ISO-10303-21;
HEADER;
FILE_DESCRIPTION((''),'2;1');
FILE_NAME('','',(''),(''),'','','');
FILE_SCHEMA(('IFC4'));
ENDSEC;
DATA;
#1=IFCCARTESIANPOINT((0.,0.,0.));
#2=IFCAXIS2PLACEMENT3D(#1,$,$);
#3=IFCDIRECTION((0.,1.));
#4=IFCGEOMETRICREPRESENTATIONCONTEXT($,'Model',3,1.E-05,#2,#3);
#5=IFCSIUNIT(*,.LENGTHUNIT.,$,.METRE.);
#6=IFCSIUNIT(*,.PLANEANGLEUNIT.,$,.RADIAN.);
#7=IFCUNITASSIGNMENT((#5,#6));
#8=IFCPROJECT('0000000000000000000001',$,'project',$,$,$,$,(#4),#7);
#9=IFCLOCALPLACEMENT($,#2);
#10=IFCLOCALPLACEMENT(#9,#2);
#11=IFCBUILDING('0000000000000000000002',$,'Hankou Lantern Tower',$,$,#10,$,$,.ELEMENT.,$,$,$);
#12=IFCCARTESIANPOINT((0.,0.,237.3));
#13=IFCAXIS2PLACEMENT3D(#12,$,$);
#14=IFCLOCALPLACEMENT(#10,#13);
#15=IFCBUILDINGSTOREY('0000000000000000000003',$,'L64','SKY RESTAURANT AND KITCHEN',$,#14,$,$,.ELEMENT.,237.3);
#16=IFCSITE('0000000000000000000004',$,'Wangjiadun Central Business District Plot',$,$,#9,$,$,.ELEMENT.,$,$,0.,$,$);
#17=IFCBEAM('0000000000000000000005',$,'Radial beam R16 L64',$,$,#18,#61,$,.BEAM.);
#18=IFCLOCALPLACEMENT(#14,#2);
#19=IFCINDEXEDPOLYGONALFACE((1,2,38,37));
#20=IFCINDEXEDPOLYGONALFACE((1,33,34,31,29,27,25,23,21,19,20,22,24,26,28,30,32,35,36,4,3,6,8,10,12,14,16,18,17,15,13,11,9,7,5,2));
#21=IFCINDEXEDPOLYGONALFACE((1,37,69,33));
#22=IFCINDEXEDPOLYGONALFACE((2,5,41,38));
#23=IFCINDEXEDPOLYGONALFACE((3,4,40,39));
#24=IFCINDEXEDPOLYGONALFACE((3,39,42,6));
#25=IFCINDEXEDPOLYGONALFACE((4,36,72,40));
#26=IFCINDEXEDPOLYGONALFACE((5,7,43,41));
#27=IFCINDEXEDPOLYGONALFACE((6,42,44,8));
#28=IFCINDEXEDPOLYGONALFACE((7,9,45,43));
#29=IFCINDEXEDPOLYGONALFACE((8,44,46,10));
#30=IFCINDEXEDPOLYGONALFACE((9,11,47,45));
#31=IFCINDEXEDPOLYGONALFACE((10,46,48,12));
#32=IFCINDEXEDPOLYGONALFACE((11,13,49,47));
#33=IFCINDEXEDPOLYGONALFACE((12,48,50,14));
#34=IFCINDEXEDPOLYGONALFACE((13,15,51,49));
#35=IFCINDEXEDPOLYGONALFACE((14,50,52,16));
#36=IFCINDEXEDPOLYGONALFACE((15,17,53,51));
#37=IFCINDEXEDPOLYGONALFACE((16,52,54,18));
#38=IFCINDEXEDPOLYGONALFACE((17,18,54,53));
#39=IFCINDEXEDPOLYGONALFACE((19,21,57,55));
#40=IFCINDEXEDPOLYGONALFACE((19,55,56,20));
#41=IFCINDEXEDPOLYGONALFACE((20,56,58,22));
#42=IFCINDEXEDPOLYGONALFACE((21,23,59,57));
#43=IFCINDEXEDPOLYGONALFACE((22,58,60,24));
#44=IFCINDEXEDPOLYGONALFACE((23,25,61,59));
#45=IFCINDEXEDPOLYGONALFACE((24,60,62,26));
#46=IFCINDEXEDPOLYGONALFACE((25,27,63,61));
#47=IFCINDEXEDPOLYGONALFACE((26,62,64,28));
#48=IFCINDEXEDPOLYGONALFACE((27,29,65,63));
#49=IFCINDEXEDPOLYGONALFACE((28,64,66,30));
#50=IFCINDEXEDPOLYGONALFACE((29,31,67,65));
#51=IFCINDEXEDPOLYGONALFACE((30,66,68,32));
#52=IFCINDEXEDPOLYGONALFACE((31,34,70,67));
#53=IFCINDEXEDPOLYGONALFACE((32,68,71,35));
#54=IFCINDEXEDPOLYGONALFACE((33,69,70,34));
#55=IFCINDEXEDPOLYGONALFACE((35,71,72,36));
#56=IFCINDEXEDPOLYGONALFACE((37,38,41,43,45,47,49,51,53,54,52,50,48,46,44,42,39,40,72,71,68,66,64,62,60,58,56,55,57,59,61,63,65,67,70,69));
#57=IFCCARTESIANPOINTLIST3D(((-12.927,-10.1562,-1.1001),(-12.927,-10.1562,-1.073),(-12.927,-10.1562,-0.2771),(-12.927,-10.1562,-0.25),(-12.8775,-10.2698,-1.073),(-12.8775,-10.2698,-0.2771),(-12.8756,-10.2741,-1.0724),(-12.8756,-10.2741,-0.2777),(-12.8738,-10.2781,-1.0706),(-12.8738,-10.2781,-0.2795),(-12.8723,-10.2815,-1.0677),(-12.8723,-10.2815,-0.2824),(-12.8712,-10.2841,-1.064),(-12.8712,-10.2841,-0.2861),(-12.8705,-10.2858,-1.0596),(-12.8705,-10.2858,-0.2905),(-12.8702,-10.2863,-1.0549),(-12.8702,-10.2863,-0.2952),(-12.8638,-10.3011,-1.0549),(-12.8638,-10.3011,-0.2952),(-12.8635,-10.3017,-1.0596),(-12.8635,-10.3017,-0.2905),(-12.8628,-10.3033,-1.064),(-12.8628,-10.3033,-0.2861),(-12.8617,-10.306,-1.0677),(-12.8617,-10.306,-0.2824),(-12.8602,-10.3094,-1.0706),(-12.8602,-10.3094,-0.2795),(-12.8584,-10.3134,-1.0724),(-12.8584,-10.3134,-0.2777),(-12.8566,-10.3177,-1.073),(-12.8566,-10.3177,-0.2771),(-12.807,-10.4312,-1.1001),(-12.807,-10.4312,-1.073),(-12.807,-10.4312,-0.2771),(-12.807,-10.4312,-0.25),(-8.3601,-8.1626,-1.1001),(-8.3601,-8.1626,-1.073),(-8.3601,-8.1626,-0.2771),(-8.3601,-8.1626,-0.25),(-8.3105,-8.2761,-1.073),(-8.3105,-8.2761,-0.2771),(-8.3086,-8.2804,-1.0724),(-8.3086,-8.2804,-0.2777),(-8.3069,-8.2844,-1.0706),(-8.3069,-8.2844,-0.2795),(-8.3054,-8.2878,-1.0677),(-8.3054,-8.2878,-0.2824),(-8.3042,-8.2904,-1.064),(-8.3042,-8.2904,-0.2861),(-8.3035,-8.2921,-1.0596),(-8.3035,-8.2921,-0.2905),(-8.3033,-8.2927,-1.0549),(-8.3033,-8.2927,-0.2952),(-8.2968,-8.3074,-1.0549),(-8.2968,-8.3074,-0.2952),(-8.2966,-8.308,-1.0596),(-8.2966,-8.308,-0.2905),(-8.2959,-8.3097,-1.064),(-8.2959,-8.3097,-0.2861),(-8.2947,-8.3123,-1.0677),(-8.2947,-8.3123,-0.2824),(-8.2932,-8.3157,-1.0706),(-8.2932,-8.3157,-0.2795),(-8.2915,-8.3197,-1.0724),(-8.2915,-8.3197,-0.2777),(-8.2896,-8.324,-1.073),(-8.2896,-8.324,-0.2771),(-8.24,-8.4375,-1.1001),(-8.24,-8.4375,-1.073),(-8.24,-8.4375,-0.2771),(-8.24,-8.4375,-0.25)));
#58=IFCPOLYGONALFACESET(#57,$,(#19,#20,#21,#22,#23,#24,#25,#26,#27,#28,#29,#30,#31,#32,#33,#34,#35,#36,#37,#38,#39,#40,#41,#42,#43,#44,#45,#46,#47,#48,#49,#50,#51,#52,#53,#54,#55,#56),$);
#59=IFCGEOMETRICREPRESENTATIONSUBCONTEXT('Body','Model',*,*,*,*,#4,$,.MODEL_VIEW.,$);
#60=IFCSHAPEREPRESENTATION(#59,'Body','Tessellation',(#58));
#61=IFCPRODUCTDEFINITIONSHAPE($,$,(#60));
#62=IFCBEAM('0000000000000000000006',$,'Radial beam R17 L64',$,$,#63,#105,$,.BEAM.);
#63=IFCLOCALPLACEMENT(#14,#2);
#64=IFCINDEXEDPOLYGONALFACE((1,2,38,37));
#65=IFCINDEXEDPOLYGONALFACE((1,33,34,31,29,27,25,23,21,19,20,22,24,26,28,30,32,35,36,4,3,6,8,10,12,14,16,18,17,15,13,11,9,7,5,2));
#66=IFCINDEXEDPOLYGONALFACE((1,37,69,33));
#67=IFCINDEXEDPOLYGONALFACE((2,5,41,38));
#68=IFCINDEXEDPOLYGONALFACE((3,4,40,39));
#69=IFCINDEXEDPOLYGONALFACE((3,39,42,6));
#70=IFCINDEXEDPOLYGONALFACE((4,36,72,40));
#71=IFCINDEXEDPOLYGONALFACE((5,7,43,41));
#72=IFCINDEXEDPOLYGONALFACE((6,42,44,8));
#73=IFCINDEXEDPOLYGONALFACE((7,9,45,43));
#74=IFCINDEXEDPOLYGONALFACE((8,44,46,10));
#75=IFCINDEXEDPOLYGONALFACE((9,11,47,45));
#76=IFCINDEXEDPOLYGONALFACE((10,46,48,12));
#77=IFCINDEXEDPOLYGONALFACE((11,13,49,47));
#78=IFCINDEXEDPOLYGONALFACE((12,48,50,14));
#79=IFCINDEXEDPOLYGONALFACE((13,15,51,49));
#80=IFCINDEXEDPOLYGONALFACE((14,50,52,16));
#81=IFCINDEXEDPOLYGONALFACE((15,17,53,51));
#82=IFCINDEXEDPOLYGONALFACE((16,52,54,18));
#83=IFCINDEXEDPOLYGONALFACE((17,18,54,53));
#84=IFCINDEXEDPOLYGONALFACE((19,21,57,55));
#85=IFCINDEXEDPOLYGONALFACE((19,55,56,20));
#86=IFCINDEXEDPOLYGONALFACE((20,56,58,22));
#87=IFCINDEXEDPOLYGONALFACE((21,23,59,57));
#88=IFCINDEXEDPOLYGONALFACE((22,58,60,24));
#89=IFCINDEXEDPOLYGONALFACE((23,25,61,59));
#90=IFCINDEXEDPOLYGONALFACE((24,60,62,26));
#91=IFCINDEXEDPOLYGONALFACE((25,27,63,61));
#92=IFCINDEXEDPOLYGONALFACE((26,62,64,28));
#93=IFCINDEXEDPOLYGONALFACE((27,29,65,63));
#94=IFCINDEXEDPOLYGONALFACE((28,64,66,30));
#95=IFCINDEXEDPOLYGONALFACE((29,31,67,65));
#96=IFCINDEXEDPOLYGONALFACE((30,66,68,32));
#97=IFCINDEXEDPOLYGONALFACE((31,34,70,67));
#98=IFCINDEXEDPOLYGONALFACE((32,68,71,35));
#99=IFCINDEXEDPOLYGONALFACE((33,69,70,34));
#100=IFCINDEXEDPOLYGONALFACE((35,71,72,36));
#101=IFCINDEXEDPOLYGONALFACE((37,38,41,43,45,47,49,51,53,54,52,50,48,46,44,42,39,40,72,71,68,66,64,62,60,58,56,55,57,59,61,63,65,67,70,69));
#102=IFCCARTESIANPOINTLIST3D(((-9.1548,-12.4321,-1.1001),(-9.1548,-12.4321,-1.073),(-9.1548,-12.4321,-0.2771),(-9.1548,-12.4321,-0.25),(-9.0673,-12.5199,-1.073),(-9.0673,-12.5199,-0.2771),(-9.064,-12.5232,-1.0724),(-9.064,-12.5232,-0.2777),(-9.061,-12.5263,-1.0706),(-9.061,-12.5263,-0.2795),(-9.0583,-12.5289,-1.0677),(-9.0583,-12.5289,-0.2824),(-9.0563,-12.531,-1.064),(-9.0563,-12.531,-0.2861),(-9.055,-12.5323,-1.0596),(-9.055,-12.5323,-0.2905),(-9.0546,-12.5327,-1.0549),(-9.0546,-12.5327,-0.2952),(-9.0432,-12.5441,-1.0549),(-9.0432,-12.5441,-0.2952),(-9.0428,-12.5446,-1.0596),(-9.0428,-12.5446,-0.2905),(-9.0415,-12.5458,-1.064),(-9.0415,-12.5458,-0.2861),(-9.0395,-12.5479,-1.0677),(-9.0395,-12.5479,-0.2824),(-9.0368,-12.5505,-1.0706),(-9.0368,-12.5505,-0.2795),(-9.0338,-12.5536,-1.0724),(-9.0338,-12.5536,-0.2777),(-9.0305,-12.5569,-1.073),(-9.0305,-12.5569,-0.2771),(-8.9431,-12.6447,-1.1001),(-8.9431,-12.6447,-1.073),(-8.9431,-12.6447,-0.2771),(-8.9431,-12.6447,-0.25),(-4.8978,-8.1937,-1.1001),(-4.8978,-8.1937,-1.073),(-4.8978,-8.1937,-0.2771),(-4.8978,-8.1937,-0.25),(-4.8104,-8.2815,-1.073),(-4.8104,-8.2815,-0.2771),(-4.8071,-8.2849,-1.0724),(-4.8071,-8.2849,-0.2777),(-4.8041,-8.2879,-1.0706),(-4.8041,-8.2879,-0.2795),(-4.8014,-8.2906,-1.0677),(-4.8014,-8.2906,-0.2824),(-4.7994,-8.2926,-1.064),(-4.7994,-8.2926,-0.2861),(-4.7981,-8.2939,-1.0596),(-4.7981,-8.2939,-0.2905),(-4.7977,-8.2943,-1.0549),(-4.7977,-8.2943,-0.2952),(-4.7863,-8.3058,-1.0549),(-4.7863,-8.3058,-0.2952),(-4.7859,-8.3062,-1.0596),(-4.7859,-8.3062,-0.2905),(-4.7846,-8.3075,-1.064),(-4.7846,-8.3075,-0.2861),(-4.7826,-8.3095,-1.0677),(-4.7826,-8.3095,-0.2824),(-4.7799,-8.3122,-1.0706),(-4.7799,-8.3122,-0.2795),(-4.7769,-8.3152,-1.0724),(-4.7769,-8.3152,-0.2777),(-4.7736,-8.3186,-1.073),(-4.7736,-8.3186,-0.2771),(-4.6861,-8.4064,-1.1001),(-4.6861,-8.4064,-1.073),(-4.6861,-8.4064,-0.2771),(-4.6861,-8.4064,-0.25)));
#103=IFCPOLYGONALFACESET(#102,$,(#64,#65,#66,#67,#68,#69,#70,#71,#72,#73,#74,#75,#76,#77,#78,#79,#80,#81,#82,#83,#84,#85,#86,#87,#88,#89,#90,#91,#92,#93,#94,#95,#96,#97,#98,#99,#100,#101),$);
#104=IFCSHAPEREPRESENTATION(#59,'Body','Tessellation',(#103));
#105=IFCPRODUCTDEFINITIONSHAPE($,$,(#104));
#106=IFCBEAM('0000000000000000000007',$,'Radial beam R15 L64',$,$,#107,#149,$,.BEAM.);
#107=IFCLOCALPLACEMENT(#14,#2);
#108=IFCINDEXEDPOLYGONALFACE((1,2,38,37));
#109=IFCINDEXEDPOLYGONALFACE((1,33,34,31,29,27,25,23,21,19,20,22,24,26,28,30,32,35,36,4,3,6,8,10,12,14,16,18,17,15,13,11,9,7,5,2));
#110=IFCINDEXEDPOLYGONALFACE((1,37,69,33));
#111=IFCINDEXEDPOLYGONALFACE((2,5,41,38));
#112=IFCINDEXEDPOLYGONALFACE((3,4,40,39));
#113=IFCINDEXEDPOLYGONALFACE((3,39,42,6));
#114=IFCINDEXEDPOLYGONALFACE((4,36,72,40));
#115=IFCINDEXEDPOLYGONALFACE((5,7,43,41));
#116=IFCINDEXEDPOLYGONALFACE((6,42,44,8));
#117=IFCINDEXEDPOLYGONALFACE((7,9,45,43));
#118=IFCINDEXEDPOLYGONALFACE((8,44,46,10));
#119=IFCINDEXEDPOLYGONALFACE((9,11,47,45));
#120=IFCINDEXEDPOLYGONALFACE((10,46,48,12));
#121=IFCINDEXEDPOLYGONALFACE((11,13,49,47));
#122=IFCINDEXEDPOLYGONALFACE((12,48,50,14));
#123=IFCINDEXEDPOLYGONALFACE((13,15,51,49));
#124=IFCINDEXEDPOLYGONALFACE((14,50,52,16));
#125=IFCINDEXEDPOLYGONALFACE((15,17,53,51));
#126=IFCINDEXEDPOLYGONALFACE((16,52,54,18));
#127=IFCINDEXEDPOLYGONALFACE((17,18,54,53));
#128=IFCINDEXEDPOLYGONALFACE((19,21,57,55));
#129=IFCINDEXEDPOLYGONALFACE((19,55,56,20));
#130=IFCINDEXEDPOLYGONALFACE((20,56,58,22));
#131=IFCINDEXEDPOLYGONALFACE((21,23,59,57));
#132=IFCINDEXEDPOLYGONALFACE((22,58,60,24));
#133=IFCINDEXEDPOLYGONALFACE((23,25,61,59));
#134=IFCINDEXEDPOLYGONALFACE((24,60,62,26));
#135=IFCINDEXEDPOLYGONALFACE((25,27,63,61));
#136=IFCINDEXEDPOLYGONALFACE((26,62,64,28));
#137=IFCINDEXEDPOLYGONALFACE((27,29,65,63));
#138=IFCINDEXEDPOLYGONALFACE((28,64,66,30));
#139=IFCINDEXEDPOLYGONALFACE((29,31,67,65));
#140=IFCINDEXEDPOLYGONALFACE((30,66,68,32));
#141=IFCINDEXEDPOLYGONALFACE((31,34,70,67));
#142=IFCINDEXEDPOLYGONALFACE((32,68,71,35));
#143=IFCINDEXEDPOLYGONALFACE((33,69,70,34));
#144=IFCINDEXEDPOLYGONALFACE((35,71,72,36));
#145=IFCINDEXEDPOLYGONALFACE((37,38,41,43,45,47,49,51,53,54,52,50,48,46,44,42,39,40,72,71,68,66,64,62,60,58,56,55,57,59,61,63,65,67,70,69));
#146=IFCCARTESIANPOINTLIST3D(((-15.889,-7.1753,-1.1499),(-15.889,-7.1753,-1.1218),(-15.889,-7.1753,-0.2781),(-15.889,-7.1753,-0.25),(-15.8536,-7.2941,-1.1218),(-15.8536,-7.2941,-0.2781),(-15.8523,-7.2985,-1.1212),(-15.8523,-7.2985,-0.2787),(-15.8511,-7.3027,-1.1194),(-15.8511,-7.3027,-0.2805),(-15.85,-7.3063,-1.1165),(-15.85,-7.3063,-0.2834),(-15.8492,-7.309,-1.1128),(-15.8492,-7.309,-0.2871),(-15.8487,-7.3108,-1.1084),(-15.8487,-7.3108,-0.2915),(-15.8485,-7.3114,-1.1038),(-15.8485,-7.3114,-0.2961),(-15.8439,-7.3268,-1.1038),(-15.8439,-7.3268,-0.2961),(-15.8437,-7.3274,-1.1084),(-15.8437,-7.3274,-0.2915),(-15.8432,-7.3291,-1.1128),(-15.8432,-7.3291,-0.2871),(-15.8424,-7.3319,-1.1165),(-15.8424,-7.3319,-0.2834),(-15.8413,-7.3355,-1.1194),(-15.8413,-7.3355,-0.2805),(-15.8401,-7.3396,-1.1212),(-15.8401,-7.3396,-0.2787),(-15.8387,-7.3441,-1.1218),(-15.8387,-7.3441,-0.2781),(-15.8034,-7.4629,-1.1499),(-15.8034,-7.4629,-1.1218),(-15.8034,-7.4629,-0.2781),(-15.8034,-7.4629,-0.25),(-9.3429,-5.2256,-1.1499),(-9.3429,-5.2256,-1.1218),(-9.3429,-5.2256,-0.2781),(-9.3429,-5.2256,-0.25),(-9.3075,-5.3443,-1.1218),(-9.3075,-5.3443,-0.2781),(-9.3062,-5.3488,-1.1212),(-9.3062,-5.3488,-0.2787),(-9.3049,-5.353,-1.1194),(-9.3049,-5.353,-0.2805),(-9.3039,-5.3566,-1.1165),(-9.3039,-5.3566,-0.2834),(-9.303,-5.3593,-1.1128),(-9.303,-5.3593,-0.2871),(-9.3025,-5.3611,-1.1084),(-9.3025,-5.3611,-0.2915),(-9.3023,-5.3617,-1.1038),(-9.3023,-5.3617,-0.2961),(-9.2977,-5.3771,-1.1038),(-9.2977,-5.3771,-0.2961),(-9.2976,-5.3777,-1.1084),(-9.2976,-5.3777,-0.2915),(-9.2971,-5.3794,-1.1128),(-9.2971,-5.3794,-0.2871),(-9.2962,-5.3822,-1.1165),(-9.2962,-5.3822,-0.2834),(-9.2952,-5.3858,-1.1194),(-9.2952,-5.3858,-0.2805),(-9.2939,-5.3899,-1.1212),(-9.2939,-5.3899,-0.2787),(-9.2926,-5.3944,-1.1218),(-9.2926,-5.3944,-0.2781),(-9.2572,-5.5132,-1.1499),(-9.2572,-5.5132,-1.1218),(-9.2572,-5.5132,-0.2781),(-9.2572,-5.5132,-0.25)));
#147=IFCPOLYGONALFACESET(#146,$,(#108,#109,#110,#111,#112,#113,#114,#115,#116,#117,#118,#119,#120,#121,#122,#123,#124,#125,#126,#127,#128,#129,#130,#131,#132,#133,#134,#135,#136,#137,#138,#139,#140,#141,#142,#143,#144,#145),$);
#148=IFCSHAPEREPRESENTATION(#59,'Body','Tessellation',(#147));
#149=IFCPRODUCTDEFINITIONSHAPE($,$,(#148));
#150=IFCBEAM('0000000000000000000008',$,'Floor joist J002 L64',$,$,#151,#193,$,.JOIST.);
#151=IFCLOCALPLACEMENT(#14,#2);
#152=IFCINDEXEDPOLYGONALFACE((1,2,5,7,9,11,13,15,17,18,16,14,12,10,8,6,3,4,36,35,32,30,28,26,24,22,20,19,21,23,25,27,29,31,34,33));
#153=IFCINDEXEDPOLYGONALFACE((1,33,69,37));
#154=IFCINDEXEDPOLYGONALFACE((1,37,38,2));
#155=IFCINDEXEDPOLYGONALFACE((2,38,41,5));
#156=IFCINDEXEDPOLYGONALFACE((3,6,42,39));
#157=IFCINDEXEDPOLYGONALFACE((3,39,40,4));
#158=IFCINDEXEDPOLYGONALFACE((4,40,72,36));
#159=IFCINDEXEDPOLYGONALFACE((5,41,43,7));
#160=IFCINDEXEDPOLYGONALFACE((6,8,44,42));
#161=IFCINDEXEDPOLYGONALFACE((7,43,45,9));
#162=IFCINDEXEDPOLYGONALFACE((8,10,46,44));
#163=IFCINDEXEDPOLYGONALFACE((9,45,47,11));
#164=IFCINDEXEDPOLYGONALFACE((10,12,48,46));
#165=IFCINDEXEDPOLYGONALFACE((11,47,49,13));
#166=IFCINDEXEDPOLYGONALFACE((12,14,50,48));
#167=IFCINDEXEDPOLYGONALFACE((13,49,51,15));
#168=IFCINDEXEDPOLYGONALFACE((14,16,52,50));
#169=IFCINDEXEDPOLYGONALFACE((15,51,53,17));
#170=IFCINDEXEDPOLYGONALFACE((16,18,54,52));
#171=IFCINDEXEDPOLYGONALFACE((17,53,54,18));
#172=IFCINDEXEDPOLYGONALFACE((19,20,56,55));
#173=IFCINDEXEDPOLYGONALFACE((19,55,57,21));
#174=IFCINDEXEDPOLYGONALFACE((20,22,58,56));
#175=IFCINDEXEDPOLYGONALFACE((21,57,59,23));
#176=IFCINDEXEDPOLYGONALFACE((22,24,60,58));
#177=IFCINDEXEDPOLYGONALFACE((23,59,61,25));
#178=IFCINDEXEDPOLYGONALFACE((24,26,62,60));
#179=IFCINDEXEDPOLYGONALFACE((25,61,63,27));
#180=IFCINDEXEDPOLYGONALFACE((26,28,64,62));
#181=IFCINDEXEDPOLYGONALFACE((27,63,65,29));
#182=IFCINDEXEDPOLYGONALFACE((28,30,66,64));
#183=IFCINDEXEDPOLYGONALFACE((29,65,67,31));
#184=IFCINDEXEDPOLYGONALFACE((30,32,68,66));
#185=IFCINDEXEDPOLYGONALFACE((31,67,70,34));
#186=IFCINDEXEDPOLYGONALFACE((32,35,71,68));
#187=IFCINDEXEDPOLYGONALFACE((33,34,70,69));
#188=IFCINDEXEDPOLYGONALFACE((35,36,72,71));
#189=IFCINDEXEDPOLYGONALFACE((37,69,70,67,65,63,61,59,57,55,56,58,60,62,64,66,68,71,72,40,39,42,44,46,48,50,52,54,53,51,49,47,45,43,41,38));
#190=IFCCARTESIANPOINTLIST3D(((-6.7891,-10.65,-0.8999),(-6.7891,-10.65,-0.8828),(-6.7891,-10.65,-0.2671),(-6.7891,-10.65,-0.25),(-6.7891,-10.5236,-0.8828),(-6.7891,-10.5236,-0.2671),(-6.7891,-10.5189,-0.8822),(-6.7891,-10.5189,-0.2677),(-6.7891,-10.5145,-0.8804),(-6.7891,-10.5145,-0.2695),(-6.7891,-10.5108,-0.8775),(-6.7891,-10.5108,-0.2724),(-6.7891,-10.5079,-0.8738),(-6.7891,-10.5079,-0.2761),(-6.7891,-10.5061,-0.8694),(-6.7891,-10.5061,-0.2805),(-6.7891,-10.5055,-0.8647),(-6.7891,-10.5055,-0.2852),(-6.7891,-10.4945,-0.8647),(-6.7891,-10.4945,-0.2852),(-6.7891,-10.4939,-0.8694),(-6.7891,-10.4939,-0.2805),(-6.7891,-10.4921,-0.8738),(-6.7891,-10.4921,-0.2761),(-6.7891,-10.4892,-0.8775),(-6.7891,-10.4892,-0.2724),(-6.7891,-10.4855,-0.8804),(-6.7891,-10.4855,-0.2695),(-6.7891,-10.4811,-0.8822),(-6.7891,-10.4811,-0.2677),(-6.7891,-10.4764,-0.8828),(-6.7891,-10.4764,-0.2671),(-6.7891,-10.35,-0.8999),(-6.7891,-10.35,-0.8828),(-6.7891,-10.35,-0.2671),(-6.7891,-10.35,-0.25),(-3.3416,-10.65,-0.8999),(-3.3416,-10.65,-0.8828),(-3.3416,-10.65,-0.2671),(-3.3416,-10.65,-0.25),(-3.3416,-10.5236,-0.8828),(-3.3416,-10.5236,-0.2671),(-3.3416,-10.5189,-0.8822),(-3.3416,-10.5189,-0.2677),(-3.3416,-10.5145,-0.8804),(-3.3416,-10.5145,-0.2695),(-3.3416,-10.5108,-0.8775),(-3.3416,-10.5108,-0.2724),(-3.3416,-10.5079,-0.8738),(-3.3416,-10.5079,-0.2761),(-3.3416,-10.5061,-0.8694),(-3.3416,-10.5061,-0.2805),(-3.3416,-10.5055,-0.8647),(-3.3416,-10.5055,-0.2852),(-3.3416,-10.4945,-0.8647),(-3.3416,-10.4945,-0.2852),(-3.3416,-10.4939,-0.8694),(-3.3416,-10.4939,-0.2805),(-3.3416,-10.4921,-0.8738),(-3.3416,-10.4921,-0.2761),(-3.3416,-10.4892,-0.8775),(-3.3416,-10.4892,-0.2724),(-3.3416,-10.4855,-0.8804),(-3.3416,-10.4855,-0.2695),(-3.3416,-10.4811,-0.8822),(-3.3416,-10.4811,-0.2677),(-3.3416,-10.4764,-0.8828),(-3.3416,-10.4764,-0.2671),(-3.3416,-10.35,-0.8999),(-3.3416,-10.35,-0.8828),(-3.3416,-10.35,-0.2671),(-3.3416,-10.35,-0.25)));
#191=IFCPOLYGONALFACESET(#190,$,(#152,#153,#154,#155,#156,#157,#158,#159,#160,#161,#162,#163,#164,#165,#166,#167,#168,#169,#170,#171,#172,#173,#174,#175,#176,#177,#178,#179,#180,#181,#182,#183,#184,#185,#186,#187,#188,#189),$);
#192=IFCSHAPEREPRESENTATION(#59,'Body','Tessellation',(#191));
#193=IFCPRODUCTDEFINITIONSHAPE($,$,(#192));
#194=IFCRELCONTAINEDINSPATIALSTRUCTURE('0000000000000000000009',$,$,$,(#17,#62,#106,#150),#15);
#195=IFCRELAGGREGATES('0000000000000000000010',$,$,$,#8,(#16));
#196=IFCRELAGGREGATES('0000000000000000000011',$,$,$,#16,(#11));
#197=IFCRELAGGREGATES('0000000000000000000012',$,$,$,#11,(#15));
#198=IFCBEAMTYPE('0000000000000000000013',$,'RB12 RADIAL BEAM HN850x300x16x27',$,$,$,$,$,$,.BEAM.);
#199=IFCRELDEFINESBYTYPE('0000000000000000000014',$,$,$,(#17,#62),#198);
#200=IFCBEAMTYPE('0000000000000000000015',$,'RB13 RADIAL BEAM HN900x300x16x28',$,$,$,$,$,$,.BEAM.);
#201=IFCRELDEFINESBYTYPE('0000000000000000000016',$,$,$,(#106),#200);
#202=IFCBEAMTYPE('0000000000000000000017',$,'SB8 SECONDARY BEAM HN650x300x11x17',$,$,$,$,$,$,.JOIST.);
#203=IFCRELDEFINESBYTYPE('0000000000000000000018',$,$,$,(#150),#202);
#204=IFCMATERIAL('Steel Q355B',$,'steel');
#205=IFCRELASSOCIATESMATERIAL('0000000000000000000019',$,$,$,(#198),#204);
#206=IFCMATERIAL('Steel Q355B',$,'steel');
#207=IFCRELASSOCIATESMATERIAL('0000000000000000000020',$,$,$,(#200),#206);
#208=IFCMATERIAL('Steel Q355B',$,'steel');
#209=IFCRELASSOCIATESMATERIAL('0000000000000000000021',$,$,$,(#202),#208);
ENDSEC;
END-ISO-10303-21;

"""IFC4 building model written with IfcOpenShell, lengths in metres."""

from ifc_helpers import new_model, si_unit, direction, frame, origin, origin_2d, place, context, subcontext, project, spatial, i_section, extrude, material, material_profile, profile_set, type_object, element, save


model = new_model("IFC4")

# Units and contexts
model_context = context("Model", 3, precision=1e-05, world=origin(), true_north=direction((0.0, 1.0)))
body_context = subcontext(model_context, "Body", "Model", "MODEL_VIEW")
ifc_project = project(units=[si_unit("LENGTHUNIT", "METRE"), si_unit("PLANEANGLEUNIT", "RADIAN")], contexts=[model_context])

# Site, building, storey
site_placement = place(None, origin())
site = spatial("IfcSite", under=ifc_project, at=site_placement, Name="Wangjiadun Central Business District Plot", CompositionType="ELEMENT", RefElevation=0.0)
building_placement = place(site_placement, origin())
building = spatial("IfcBuilding", under=site, at=building_placement, Name="Hankou Lantern Tower", CompositionType="ELEMENT")
storey_placement = place(building_placement, frame((0.0, 0.0, 237.3)))
storey = spatial("IfcBuildingStorey", under=building, at=storey_placement, Name="L64", Description="SKY RESTAURANT AND KITCHEN", CompositionType="ELEMENT", Elevation=237.3)

# Beams
ifc_material_1 = material(Name="Steel Q355B", Category="steel")
ifc_material_profile_1 = material_profile(ifc_material_1, i_section(OverallWidth=0.3, OverallDepth=0.8501, WebThickness=0.0161, FlangeThickness=0.0271, FilletRadius=0.0181, at=origin_2d()), Name="HN850x300x16x27")
ifc_profile_set_1 = profile_set([ifc_material_profile_1], Name="Steel Q355B")
beam_type_1 = type_object("IfcBeamType", Name="RB12 RADIAL BEAM HN850x300x16x27", PredefinedType="BEAM", material=ifc_profile_set_1)
beam_1_placement = place(storey_placement, frame((-8.3, -8.3, -0.675), z_axis=(-0.916479, -0.400084, 0.0), x_axis=(0.400084, -0.916479, 0.0)))
element("IfcBeam", 1, at=beam_1_placement, inside=storey, type_object=beam_type_1, Name="Radial beam R16 L64", PredefinedType="BEAM", context=body_context, shape_type="SweptSolid", body=[
    extrude(i_section(OverallWidth=0.3, OverallDepth=0.8501, WebThickness=0.0161, FlangeThickness=0.0271, FilletRadius=0.0181, at=origin_2d()), origin(), (0.0, 0.0, 1.0), 4.9832),
])
beam_2_placement = place(storey_placement, frame((-4.792, -8.3, -0.675), z_axis=(-0.70865, -0.705561, 0.0), x_axis=(0.705561, -0.70865, 0.0)))
element("IfcBeam", 2, at=beam_2_placement, inside=storey, type_object=beam_type_1, Name="Radial beam R17 L64", PredefinedType="BEAM", context=body_context, shape_type="SweptSolid", body=[
    extrude(i_section(OverallWidth=0.3, OverallDepth=0.8501, WebThickness=0.0161, FlangeThickness=0.0271, FilletRadius=0.0181, at=origin_2d()), origin(), (0.0, 0.0, 1.0), 6.0071),
])
ifc_material_2 = material(Name="Steel Q355B", Category="steel")
ifc_material_profile_2 = material_profile(ifc_material_2, i_section(OverallWidth=0.3, OverallDepth=0.8999, WebThickness=0.0161, FlangeThickness=0.0281, FilletRadius=0.0181, at=origin_2d()), Name="HN900x300x16x28")
ifc_profile_set_2 = profile_set([ifc_material_profile_2], Name="Steel Q355B")
beam_type_2 = type_object("IfcBeamType", Name="RB13 RADIAL BEAM HN900x300x16x28", PredefinedType="BEAM", material=ifc_profile_set_2)
beam_3_placement = place(storey_placement, frame((-9.3, -5.3694, -0.7), z_axis=(-0.958394, -0.285449, 0.0), x_axis=(0.285449, -0.958394, 0.0)))
element("IfcBeam", 3, at=beam_3_placement, inside=storey, type_object=beam_type_2, Name="Radial beam R15 L64", PredefinedType="BEAM", context=body_context, shape_type="SweptSolid", body=[
    extrude(i_section(OverallWidth=0.3, OverallDepth=0.8999, WebThickness=0.0161, FlangeThickness=0.0281, FilletRadius=0.0181, at=origin_2d()), origin(), (0.0, 0.0, 1.0), 6.8303),
])
ifc_material_3 = material(Name="Steel Q355B", Category="steel")
ifc_material_profile_3 = material_profile(ifc_material_3, i_section(OverallWidth=0.3, OverallDepth=0.6499, WebThickness=0.011, FlangeThickness=0.0171, FilletRadius=0.0181, at=origin_2d()), Name="HN650x300x11x17")
ifc_profile_set_3 = profile_set([ifc_material_profile_3], Name="Steel Q355B")
beam_type_3 = type_object("IfcBeamType", Name="SB8 SECONDARY BEAM HN650x300x11x17", PredefinedType="JOIST", material=ifc_profile_set_3)
beam_4_placement = place(storey_placement, frame((-6.7891, -10.5, -0.575), z_axis=(1.0, 0.0, 0.0), x_axis=(0.0, 1.0, 0.0)))
element("IfcBeam", 4, at=beam_4_placement, inside=storey, type_object=beam_type_3, Name="Floor joist J002 L64", PredefinedType="JOIST", context=body_context, shape_type="SweptSolid", body=[
    extrude(i_section(OverallWidth=0.3, OverallDepth=0.6499, WebThickness=0.011, FlangeThickness=0.0171, FilletRadius=0.0181, at=origin_2d()), origin(), (0.0, 0.0, 1.0), 3.4475),
])

save(model, "model.ifc")
